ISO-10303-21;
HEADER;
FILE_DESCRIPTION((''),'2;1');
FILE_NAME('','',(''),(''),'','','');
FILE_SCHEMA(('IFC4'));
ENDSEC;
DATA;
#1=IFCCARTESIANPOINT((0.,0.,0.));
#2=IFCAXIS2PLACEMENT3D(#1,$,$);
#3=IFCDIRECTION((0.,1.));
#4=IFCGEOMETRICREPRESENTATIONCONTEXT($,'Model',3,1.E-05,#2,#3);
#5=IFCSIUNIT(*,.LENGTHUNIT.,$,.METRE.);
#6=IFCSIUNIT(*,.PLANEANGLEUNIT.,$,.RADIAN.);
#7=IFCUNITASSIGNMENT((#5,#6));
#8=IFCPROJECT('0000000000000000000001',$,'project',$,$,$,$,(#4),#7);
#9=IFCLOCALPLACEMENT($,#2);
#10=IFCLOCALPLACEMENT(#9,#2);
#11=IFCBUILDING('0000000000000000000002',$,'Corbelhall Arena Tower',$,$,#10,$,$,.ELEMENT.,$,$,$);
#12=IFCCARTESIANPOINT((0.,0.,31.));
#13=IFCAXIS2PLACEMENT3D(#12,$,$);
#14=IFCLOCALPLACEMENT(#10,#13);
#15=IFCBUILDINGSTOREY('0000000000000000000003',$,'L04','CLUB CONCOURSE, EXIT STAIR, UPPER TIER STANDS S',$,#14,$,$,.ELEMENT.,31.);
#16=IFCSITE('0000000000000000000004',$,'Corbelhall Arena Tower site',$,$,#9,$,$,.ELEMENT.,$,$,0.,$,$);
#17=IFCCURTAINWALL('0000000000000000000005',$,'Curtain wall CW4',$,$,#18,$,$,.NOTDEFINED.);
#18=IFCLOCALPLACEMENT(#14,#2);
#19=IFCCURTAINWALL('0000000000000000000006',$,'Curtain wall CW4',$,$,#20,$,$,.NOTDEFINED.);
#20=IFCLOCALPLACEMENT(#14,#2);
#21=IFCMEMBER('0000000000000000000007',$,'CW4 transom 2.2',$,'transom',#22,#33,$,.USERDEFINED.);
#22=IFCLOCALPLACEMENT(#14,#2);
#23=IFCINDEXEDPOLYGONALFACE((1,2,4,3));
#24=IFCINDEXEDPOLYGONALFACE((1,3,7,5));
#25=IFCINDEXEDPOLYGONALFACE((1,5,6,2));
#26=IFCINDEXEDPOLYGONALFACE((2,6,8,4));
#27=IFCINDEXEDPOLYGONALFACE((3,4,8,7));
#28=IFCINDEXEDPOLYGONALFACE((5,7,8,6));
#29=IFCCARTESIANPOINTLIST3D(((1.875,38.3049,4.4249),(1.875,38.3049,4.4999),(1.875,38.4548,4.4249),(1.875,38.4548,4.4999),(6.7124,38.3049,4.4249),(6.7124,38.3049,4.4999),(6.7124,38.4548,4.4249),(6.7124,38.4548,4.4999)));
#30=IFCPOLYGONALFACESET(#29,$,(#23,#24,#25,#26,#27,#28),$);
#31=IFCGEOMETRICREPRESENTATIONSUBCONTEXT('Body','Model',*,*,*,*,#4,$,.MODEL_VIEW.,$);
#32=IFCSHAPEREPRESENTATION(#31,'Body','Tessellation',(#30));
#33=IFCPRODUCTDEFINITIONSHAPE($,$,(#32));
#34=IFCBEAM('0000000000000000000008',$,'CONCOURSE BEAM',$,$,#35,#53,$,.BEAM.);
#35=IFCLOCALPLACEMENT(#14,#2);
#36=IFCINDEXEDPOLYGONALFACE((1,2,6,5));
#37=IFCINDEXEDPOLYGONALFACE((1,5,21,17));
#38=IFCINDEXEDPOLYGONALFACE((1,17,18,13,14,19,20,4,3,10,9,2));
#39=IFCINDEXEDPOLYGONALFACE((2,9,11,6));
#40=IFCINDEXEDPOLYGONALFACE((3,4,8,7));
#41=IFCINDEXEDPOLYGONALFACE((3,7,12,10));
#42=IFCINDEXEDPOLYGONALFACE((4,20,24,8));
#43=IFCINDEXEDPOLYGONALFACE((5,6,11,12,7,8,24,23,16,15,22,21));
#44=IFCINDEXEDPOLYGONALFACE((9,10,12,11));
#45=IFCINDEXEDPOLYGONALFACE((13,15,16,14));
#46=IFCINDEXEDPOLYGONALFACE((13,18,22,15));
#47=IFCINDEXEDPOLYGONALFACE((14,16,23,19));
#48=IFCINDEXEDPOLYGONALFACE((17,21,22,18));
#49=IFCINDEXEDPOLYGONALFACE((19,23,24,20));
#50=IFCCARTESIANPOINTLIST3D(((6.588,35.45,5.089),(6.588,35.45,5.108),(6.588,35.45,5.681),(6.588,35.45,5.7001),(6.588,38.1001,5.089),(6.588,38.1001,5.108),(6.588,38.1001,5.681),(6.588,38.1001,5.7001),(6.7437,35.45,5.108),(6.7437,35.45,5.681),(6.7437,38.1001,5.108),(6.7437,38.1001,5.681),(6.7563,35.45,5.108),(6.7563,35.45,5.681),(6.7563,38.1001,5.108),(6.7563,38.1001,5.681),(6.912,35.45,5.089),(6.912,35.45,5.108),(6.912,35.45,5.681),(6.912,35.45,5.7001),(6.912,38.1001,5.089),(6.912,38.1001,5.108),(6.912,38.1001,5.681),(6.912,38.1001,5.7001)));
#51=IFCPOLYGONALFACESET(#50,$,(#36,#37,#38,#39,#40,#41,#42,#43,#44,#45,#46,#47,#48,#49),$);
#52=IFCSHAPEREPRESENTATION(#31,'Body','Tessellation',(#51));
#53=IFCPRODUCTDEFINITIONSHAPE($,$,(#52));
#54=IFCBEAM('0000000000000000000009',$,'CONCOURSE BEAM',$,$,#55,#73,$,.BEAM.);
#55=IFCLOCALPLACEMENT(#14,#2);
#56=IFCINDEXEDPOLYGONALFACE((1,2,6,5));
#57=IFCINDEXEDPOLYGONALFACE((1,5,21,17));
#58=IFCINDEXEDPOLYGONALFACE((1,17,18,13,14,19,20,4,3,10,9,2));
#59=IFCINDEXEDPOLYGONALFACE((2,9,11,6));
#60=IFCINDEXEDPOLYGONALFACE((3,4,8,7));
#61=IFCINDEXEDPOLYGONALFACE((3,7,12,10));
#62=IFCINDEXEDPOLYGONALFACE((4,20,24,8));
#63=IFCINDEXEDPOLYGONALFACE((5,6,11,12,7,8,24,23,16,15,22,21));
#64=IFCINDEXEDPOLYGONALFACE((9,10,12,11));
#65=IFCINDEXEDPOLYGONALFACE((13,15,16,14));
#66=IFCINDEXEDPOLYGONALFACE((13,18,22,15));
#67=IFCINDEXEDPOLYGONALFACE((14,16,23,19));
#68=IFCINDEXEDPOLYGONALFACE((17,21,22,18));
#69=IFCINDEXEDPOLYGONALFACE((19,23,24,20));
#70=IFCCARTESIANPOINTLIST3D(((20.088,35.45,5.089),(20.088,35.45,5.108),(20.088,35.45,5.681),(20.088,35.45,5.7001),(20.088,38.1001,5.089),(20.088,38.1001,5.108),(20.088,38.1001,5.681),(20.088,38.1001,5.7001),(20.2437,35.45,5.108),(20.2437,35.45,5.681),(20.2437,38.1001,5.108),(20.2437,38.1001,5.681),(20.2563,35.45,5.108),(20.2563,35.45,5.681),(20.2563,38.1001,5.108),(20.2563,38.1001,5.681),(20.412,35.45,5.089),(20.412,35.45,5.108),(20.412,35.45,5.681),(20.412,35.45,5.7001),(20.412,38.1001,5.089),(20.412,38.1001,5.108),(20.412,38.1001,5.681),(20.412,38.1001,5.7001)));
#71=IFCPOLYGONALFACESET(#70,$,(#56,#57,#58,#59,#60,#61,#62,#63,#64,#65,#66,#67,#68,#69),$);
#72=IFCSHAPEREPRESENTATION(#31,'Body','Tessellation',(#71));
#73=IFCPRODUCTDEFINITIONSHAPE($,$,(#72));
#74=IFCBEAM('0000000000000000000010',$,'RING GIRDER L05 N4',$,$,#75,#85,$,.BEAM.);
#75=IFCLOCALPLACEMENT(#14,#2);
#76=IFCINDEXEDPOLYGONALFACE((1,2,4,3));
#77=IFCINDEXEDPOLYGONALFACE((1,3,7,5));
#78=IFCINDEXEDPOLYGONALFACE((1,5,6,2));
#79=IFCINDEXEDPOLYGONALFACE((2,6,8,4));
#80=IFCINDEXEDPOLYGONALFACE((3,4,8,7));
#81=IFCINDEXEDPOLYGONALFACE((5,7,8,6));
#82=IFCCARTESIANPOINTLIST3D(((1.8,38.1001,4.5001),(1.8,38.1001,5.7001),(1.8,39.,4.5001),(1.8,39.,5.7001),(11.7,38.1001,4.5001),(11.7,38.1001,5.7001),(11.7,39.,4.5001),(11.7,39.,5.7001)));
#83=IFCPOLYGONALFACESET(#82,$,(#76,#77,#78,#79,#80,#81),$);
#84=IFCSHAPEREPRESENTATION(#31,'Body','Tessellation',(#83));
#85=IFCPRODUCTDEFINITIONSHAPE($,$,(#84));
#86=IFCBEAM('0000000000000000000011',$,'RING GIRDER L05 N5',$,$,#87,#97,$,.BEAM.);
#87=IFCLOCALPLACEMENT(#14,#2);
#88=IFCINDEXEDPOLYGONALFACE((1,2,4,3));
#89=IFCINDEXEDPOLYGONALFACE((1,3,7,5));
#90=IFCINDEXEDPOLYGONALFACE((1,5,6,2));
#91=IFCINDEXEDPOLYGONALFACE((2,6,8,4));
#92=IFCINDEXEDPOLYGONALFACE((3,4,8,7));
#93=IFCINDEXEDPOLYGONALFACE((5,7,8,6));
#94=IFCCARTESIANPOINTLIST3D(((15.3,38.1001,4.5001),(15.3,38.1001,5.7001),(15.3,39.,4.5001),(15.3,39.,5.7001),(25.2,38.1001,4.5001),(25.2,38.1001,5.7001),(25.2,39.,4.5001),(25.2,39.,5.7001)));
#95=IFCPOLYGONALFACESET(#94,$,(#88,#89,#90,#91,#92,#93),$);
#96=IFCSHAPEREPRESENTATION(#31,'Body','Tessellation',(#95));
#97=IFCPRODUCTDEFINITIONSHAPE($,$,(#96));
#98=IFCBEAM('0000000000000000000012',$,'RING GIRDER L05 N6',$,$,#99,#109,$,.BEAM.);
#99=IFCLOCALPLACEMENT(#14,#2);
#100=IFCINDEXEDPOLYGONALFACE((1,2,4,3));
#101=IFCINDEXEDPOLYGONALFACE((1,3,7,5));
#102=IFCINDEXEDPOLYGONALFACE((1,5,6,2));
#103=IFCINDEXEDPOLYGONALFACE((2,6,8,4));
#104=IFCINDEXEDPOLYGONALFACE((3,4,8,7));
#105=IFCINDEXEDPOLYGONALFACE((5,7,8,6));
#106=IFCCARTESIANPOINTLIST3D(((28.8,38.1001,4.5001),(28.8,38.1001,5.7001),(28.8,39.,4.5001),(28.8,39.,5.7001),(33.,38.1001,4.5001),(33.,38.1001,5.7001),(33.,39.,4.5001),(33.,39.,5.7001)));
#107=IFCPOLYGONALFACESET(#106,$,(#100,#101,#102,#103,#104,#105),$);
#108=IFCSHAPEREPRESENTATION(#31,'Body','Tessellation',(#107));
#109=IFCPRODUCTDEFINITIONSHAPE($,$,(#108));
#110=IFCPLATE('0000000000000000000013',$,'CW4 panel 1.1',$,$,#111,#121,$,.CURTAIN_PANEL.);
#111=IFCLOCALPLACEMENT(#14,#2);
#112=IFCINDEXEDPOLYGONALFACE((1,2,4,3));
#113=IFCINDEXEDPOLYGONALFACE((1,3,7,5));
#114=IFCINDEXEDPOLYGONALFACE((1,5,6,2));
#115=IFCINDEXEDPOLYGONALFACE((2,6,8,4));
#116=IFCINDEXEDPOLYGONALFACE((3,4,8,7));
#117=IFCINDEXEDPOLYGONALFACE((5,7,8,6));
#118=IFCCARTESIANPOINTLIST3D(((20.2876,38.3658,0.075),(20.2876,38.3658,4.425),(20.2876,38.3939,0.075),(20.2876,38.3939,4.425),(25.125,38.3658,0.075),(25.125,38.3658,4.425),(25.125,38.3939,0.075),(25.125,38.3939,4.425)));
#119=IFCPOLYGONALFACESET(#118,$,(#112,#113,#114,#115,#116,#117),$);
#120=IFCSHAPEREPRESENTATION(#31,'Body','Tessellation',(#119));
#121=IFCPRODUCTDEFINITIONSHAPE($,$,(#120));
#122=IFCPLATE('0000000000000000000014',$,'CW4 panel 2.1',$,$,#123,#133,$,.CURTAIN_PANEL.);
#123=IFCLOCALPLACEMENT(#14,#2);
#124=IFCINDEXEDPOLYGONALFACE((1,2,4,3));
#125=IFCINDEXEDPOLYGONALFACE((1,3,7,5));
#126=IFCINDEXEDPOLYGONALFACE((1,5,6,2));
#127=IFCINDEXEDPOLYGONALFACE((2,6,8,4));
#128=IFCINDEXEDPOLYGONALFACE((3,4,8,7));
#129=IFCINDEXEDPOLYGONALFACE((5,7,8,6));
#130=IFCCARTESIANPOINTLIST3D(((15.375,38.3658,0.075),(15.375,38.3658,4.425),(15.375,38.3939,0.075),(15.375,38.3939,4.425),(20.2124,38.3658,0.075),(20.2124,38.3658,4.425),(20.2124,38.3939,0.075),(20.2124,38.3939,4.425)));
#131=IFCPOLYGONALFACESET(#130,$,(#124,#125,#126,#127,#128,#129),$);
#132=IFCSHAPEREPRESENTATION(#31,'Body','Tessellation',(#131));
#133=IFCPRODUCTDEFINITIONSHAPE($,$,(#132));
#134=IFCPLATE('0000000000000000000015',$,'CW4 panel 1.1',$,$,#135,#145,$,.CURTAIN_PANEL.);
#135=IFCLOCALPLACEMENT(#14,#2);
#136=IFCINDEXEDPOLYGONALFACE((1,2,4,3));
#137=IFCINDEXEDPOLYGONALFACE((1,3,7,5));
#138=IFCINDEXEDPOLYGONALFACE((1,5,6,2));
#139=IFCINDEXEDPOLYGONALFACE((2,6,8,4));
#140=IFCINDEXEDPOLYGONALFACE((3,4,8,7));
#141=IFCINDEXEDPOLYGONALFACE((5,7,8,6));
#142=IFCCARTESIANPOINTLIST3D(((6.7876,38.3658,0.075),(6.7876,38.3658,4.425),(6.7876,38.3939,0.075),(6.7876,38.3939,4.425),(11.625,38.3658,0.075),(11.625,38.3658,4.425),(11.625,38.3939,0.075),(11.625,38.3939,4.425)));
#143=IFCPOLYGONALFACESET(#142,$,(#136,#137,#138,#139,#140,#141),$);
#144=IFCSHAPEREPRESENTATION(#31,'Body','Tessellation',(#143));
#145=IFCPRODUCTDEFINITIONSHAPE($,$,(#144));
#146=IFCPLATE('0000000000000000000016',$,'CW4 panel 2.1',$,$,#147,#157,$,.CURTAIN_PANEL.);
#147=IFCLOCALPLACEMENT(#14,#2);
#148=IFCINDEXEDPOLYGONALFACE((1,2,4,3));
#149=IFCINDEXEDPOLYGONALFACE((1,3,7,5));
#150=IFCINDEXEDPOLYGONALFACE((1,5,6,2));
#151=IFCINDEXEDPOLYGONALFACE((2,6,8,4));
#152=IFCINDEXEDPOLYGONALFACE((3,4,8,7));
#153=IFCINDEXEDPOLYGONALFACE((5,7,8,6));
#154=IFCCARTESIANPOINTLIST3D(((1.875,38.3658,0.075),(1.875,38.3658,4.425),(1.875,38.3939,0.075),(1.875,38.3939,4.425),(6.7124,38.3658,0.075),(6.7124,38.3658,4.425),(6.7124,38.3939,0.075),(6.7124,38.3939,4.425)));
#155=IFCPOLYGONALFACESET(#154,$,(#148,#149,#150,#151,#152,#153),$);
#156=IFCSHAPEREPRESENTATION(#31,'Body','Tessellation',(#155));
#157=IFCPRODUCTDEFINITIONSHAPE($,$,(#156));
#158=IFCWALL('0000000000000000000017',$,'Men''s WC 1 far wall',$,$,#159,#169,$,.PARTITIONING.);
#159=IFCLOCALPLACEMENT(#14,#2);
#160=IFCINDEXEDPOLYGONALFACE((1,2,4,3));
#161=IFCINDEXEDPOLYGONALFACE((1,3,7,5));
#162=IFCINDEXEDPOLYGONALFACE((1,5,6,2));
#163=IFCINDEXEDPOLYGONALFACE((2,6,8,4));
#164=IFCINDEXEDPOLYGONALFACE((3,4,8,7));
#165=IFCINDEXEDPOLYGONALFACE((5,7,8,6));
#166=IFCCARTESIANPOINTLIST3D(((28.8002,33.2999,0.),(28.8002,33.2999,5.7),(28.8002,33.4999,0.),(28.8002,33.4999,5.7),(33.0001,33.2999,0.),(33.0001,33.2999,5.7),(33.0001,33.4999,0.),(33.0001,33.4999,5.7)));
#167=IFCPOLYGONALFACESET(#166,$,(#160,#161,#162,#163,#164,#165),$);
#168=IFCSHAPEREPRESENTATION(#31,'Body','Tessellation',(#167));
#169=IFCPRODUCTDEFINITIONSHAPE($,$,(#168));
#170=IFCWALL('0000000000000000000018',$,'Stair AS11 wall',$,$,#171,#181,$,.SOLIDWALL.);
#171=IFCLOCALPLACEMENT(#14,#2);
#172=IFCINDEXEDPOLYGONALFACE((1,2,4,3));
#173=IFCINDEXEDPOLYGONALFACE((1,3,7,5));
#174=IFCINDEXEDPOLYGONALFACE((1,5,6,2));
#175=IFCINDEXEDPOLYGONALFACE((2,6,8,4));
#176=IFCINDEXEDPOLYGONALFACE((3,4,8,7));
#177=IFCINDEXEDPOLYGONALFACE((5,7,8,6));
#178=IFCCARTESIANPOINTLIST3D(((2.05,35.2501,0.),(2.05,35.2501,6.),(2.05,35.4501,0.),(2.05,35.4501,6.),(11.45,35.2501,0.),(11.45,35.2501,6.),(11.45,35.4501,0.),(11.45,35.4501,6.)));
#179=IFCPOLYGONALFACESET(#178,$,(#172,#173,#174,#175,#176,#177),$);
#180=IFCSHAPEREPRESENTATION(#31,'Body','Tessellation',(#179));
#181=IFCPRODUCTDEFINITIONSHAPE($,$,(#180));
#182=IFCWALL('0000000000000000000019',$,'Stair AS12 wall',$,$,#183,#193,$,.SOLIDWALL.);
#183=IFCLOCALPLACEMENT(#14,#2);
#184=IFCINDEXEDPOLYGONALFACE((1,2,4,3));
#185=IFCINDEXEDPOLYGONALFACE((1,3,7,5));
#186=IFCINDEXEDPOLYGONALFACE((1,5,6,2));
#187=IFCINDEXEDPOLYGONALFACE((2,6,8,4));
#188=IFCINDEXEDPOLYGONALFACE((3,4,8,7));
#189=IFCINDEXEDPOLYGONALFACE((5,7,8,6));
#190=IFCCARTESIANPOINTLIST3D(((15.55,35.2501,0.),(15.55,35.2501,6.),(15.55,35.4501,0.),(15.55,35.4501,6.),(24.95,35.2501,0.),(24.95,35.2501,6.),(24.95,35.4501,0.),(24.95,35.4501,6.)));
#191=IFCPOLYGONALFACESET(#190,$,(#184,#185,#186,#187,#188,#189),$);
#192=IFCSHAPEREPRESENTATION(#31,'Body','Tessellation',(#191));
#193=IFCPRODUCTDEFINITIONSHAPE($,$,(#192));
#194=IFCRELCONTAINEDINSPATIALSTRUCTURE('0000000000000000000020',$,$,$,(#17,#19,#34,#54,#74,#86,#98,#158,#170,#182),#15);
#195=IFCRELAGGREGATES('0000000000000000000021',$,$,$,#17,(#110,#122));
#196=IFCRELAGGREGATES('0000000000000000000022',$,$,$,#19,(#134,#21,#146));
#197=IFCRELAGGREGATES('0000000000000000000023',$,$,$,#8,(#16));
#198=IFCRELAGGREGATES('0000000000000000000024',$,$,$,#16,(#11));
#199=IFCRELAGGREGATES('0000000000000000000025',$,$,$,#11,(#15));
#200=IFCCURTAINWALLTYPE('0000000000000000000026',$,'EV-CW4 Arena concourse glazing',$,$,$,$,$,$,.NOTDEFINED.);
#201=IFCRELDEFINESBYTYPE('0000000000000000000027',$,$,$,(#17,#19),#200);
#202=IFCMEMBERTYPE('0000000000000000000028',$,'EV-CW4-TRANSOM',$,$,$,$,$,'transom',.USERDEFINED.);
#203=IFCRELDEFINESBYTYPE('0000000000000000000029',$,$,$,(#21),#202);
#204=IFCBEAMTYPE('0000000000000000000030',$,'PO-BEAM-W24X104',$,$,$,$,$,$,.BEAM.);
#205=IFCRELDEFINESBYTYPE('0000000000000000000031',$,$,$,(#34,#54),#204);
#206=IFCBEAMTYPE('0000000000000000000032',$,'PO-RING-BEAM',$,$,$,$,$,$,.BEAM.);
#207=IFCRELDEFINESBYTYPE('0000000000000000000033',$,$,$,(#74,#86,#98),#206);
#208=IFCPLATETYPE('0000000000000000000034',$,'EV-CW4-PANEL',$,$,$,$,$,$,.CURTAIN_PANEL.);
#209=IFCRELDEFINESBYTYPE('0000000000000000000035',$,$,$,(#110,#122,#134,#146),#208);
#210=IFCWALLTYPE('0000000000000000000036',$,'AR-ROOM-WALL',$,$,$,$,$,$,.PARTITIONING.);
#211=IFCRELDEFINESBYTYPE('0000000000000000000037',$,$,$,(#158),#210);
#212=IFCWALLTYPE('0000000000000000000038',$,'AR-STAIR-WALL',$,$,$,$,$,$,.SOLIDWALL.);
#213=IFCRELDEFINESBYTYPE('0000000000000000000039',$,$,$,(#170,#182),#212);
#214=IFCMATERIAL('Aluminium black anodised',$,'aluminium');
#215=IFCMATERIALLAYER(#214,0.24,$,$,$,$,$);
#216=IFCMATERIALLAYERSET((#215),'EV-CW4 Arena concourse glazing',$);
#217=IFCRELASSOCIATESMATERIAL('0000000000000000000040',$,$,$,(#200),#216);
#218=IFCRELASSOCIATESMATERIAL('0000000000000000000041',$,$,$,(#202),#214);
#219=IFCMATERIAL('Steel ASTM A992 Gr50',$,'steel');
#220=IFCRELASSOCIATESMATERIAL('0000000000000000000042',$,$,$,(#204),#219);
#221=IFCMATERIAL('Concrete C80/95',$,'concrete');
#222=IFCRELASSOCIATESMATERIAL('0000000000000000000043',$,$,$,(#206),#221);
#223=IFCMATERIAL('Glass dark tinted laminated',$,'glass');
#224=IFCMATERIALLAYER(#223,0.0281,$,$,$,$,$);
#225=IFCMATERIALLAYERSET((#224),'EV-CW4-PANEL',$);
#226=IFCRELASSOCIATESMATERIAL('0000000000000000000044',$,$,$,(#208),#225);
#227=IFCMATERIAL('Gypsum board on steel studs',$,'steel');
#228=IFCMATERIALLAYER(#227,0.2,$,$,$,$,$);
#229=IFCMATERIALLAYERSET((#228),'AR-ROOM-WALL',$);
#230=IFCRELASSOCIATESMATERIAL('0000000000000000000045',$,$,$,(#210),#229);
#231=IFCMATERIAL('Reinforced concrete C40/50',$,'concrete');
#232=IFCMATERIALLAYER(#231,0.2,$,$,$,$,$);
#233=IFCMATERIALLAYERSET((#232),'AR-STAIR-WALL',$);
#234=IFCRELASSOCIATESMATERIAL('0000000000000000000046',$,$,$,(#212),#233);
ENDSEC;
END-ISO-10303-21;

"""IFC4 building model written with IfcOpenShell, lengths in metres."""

from ifc_helpers import new_model, si_unit, direction, frame, frame_2d, origin, origin_2d, place, context, subcontext, project, spatial, rectangle, i_section, extrude, material, layer, layer_set, material_profile, profile_set, type_object, element, aggregate, save


model = new_model("IFC4")

# Units and contexts
model_context = context("Model", 3, precision=1e-05, world=origin(), true_north=direction((0.0, 1.0)))
body_context = subcontext(model_context, "Body", "Model", "MODEL_VIEW")
ifc_project = project(units=[si_unit("LENGTHUNIT", "METRE"), si_unit("PLANEANGLEUNIT", "RADIAN")], contexts=[model_context])

# Site, building, storey
site_placement = place(None, origin())
site = spatial("IfcSite", under=ifc_project, at=site_placement, Name="Corbelhall Arena Tower site", CompositionType="ELEMENT", RefElevation=0.0)
building_placement = place(site_placement, origin())
building = spatial("IfcBuilding", under=site, at=building_placement, Name="Corbelhall Arena Tower", CompositionType="ELEMENT")
storey_placement = place(building_placement, frame((0.0, 0.0, 31.0)))
storey = spatial("IfcBuildingStorey", under=building, at=storey_placement, Name="L04", Description="CLUB CONCOURSE, EXIT STAIR, UPPER TIER STANDS S", CompositionType="ELEMENT", Elevation=31.0)

# Shared definitions
ifc_material_1 = material(Name="Concrete C80/95", Category="concrete")

# Curtain walls
ifc_material_2 = material(Name="Aluminium black anodised", Category="aluminium")
ifc_layer_1 = layer(ifc_material_2, 0.24)
ifc_layer_set_1 = layer_set([ifc_layer_1], Name="EV-CW4 Arena concourse glazing")
curtain_wall_type = type_object("IfcCurtainWallType", Name="EV-CW4 Arena concourse glazing", PredefinedType="NOTDEFINED", material=ifc_layer_set_1)
curtain_wall_1_placement = place(storey_placement, origin())
curtain_wall_1 = element("IfcCurtainWall", 1, at=curtain_wall_1_placement, inside=storey, type_object=curtain_wall_type, Name="Curtain wall CW4", PredefinedType="NOTDEFINED")
curtain_wall_2_placement = place(storey_placement, origin())
curtain_wall_2 = element("IfcCurtainWall", 2, at=curtain_wall_2_placement, inside=storey, type_object=curtain_wall_type, Name="Curtain wall CW4", PredefinedType="NOTDEFINED")

# Member
ifc_material_profile_1 = material_profile(ifc_material_2, rectangle(XDim=0.1499, YDim=0.075, at=origin_2d()))
ifc_profile_set_1 = profile_set([ifc_material_profile_1], Name="Aluminium black anodised")
member_type_1 = type_object("IfcMemberType", Name="EV-CW4-TRANSOM", ElementType="transom", PredefinedType="USERDEFINED", material=ifc_profile_set_1)
member_1_placement = place(storey_placement, frame((6.7124, 38.3799, 4.4624), z_axis=(-1.0, 0.0, 0.0), x_axis=(0.0, -1.0, 0.0)))
member_1 = element("IfcMember", 3, at=member_1_placement, type_object=member_type_1, Name="CW4 transom 2.2", ObjectType="transom", PredefinedType="USERDEFINED", context=body_context, shape_type="SweptSolid", body=[
    extrude(rectangle(XDim=0.1499, YDim=0.075, at=origin_2d()), origin(), (0.0, 0.0, 1.0), 4.8374),
])

# Beams
ifc_material_3 = material(Name="Steel ASTM A992 Gr50", Category="steel")
ifc_material_profile_2 = material_profile(ifc_material_3, i_section(OverallWidth=0.324, OverallDepth=0.6111, WebThickness=0.0127, FlangeThickness=0.019, at=origin_2d()))
ifc_profile_set_2 = profile_set([ifc_material_profile_2], Name="Steel ASTM A992 Gr50")
beam_type_1 = type_object("IfcBeamType", Name="PO-BEAM-W24X104", PredefinedType="BEAM", material=ifc_profile_set_2)
for number, where, z_axis, x_axis, name in (
    (4, (6.75, 35.45, 5.3945), (0.0, 1.0, 0.0), (-1.0, 0.0, 0.0), "CONCOURSE BEAM"),
    (5, (20.25, 35.45, 5.3945), (0.0, 1.0, 0.0), (-1.0, 0.0, 0.0), "CONCOURSE BEAM"),
):
    element("IfcBeam", number, at=place(storey_placement, frame(where, z_axis=z_axis, x_axis=x_axis)), inside=storey, type_object=beam_type_1, Name=name, PredefinedType="BEAM", context=body_context, shape_type="SweptSolid", body=[
        extrude(i_section(OverallWidth=0.324, OverallDepth=0.6111, WebThickness=0.0127, FlangeThickness=0.019, at=origin_2d()), origin(), (0.0, 0.0, 1.0), 2.6501),
    ])
ifc_material_profile_3 = material_profile(ifc_material_1, rectangle(XDim=0.8999, YDim=1.2, at=origin_2d()))
ifc_profile_set_3 = profile_set([ifc_material_profile_3], Name="Concrete C80/95")
beam_type_2 = type_object("IfcBeamType", Name="PO-RING-BEAM", PredefinedType="BEAM", material=ifc_profile_set_3)
for number, where, z_axis, x_axis, name in (
    (6, (1.8, 38.55, 5.1001), (1.0, 0.0, 0.0), (0.0, 1.0, 0.0), "RING GIRDER L05 N4"),
    (7, (15.3, 38.55, 5.1001), (1.0, 0.0, 0.0), (0.0, 1.0, 0.0), "RING GIRDER L05 N5"),
):
    element("IfcBeam", number, at=place(storey_placement, frame(where, z_axis=z_axis, x_axis=x_axis)), inside=storey, type_object=beam_type_2, Name=name, PredefinedType="BEAM", context=body_context, shape_type="SweptSolid", body=[
        extrude(rectangle(XDim=0.8999, YDim=1.2, at=origin_2d()), origin(), (0.0, 0.0, 1.0), 9.8999),
    ])
beam_placement = place(storey_placement, frame((28.8, 38.55, 5.1001), z_axis=(1.0, 0.0, 0.0), x_axis=(0.0, 1.0, 0.0)))
element("IfcBeam", 8, at=beam_placement, inside=storey, type_object=beam_type_2, Name="RING GIRDER L05 N6", PredefinedType="BEAM", context=body_context, shape_type="SweptSolid", body=[
    extrude(rectangle(XDim=0.8999, YDim=1.2, at=origin_2d()), origin(), (0.0, 0.0, 1.0), 4.2),
])

# Plates
ifc_material_4 = material(Name="Glass dark tinted laminated", Category="glass")
ifc_layer_2 = layer(ifc_material_4, 0.0281)
ifc_layer_set_2 = layer_set([ifc_layer_2], Name="EV-CW4-PANEL")
plate_type = type_object("IfcPlateType", Name="EV-CW4-PANEL", PredefinedType="CURTAIN_PANEL", material=ifc_layer_set_2)
plate_1_placement = place(storey_placement, frame((22.7063, 38.3799, 0.075), z_axis=(0.0, 0.0, 1.0), x_axis=(-1.0, 0.0, 0.0)))
plate_1 = element("IfcPlate", 9, at=plate_1_placement, type_object=plate_type, Name="CW4 panel 1.1", PredefinedType="CURTAIN_PANEL", context=body_context, shape_type="SweptSolid", body=[
    extrude(rectangle(XDim=4.8374, YDim=0.0281, at=origin_2d()), origin(), (0.0, 0.0, 1.0), 4.3501),
])
plate_2_placement = place(storey_placement, frame((17.7937, 38.3799, 0.075), z_axis=(0.0, 0.0, 1.0), x_axis=(-1.0, 0.0, 0.0)))
plate_2 = element("IfcPlate", 10, at=plate_2_placement, type_object=plate_type, Name="CW4 panel 2.1", PredefinedType="CURTAIN_PANEL", context=body_context, shape_type="SweptSolid", body=[
    extrude(rectangle(XDim=4.8374, YDim=0.0281, at=origin_2d()), origin(), (0.0, 0.0, 1.0), 4.3501),
])
aggregate(curtain_wall_1, [plate_1, plate_2])
plate_3_placement = place(storey_placement, frame((9.2063, 38.3799, 0.075), z_axis=(0.0, 0.0, 1.0), x_axis=(-1.0, 0.0, 0.0)))
plate_3 = element("IfcPlate", 11, at=plate_3_placement, type_object=plate_type, Name="CW4 panel 1.1", PredefinedType="CURTAIN_PANEL", context=body_context, shape_type="SweptSolid", body=[
    extrude(rectangle(XDim=4.8374, YDim=0.0281, at=origin_2d()), origin(), (0.0, 0.0, 1.0), 4.3501),
])
plate_4_placement = place(storey_placement, frame((4.2937, 38.3799, 0.075), z_axis=(0.0, 0.0, 1.0), x_axis=(-1.0, 0.0, 0.0)))
plate_4 = element("IfcPlate", 12, at=plate_4_placement, type_object=plate_type, Name="CW4 panel 2.1", PredefinedType="CURTAIN_PANEL", context=body_context, shape_type="SweptSolid", body=[
    extrude(rectangle(XDim=4.8374, YDim=0.0281, at=origin_2d()), origin(), (0.0, 0.0, 1.0), 4.3501),
])
aggregate(curtain_wall_2, [plate_3, member_1, plate_4])

# Walls
ifc_material_5 = material(Name="Gypsum board on steel studs", Category="steel")
ifc_layer_3 = layer(ifc_material_5, 0.2)
ifc_layer_set_3 = layer_set([ifc_layer_3], Name="AR-ROOM-WALL")
wall_type_1 = type_object("IfcWallType", Name="AR-ROOM-WALL", PredefinedType="PARTITIONING", material=ifc_layer_set_3)
wall_placement = place(storey_placement, frame((28.8, 33.3999, 0.0), z_axis=(0.0, 0.0, 1.0), x_axis=(1.0, 0.0, 0.0)))
element("IfcWall", 13, at=wall_placement, inside=storey, type_object=wall_type_1, Name="Men's WC 1 far wall", PredefinedType="PARTITIONING", context=body_context, shape_type="SweptSolid", body=[
    extrude(rectangle(XDim=4.2, YDim=0.2, at=frame_2d((2.1001, 0.0))), origin(), (0.0, 0.0, 1.0), 5.7),
])
ifc_material_6 = material(Name="Reinforced concrete C40/50", Category="concrete")
ifc_layer_4 = layer(ifc_material_6, 0.2)
ifc_layer_set_4 = layer_set([ifc_layer_4], Name="AR-STAIR-WALL")
wall_type_2 = type_object("IfcWallType", Name="AR-STAIR-WALL", PredefinedType="SOLIDWALL", material=ifc_layer_set_4)
for number, where, z_axis, x_axis, name in (
    (14, (2.05, 35.3501, 0.0), (0.0, 0.0, 1.0), (1.0, 0.0, 0.0), "Stair AS11 wall"),
    (15, (15.55, 35.3501, 0.0), (0.0, 0.0, 1.0), (1.0, 0.0, 0.0), "Stair AS12 wall"),
):
    element("IfcWall", number, at=place(storey_placement, frame(where, z_axis=z_axis, x_axis=x_axis)), inside=storey, type_object=wall_type_2, Name=name, PredefinedType="SOLIDWALL", context=body_context, shape_type="SweptSolid", body=[
        extrude(rectangle(XDim=9.3999, YDim=0.2, at=frame_2d((4.7, 0.0))), origin(), (0.0, 0.0, 1.0), 6.0),
    ])

save(model, "model.ifc")
